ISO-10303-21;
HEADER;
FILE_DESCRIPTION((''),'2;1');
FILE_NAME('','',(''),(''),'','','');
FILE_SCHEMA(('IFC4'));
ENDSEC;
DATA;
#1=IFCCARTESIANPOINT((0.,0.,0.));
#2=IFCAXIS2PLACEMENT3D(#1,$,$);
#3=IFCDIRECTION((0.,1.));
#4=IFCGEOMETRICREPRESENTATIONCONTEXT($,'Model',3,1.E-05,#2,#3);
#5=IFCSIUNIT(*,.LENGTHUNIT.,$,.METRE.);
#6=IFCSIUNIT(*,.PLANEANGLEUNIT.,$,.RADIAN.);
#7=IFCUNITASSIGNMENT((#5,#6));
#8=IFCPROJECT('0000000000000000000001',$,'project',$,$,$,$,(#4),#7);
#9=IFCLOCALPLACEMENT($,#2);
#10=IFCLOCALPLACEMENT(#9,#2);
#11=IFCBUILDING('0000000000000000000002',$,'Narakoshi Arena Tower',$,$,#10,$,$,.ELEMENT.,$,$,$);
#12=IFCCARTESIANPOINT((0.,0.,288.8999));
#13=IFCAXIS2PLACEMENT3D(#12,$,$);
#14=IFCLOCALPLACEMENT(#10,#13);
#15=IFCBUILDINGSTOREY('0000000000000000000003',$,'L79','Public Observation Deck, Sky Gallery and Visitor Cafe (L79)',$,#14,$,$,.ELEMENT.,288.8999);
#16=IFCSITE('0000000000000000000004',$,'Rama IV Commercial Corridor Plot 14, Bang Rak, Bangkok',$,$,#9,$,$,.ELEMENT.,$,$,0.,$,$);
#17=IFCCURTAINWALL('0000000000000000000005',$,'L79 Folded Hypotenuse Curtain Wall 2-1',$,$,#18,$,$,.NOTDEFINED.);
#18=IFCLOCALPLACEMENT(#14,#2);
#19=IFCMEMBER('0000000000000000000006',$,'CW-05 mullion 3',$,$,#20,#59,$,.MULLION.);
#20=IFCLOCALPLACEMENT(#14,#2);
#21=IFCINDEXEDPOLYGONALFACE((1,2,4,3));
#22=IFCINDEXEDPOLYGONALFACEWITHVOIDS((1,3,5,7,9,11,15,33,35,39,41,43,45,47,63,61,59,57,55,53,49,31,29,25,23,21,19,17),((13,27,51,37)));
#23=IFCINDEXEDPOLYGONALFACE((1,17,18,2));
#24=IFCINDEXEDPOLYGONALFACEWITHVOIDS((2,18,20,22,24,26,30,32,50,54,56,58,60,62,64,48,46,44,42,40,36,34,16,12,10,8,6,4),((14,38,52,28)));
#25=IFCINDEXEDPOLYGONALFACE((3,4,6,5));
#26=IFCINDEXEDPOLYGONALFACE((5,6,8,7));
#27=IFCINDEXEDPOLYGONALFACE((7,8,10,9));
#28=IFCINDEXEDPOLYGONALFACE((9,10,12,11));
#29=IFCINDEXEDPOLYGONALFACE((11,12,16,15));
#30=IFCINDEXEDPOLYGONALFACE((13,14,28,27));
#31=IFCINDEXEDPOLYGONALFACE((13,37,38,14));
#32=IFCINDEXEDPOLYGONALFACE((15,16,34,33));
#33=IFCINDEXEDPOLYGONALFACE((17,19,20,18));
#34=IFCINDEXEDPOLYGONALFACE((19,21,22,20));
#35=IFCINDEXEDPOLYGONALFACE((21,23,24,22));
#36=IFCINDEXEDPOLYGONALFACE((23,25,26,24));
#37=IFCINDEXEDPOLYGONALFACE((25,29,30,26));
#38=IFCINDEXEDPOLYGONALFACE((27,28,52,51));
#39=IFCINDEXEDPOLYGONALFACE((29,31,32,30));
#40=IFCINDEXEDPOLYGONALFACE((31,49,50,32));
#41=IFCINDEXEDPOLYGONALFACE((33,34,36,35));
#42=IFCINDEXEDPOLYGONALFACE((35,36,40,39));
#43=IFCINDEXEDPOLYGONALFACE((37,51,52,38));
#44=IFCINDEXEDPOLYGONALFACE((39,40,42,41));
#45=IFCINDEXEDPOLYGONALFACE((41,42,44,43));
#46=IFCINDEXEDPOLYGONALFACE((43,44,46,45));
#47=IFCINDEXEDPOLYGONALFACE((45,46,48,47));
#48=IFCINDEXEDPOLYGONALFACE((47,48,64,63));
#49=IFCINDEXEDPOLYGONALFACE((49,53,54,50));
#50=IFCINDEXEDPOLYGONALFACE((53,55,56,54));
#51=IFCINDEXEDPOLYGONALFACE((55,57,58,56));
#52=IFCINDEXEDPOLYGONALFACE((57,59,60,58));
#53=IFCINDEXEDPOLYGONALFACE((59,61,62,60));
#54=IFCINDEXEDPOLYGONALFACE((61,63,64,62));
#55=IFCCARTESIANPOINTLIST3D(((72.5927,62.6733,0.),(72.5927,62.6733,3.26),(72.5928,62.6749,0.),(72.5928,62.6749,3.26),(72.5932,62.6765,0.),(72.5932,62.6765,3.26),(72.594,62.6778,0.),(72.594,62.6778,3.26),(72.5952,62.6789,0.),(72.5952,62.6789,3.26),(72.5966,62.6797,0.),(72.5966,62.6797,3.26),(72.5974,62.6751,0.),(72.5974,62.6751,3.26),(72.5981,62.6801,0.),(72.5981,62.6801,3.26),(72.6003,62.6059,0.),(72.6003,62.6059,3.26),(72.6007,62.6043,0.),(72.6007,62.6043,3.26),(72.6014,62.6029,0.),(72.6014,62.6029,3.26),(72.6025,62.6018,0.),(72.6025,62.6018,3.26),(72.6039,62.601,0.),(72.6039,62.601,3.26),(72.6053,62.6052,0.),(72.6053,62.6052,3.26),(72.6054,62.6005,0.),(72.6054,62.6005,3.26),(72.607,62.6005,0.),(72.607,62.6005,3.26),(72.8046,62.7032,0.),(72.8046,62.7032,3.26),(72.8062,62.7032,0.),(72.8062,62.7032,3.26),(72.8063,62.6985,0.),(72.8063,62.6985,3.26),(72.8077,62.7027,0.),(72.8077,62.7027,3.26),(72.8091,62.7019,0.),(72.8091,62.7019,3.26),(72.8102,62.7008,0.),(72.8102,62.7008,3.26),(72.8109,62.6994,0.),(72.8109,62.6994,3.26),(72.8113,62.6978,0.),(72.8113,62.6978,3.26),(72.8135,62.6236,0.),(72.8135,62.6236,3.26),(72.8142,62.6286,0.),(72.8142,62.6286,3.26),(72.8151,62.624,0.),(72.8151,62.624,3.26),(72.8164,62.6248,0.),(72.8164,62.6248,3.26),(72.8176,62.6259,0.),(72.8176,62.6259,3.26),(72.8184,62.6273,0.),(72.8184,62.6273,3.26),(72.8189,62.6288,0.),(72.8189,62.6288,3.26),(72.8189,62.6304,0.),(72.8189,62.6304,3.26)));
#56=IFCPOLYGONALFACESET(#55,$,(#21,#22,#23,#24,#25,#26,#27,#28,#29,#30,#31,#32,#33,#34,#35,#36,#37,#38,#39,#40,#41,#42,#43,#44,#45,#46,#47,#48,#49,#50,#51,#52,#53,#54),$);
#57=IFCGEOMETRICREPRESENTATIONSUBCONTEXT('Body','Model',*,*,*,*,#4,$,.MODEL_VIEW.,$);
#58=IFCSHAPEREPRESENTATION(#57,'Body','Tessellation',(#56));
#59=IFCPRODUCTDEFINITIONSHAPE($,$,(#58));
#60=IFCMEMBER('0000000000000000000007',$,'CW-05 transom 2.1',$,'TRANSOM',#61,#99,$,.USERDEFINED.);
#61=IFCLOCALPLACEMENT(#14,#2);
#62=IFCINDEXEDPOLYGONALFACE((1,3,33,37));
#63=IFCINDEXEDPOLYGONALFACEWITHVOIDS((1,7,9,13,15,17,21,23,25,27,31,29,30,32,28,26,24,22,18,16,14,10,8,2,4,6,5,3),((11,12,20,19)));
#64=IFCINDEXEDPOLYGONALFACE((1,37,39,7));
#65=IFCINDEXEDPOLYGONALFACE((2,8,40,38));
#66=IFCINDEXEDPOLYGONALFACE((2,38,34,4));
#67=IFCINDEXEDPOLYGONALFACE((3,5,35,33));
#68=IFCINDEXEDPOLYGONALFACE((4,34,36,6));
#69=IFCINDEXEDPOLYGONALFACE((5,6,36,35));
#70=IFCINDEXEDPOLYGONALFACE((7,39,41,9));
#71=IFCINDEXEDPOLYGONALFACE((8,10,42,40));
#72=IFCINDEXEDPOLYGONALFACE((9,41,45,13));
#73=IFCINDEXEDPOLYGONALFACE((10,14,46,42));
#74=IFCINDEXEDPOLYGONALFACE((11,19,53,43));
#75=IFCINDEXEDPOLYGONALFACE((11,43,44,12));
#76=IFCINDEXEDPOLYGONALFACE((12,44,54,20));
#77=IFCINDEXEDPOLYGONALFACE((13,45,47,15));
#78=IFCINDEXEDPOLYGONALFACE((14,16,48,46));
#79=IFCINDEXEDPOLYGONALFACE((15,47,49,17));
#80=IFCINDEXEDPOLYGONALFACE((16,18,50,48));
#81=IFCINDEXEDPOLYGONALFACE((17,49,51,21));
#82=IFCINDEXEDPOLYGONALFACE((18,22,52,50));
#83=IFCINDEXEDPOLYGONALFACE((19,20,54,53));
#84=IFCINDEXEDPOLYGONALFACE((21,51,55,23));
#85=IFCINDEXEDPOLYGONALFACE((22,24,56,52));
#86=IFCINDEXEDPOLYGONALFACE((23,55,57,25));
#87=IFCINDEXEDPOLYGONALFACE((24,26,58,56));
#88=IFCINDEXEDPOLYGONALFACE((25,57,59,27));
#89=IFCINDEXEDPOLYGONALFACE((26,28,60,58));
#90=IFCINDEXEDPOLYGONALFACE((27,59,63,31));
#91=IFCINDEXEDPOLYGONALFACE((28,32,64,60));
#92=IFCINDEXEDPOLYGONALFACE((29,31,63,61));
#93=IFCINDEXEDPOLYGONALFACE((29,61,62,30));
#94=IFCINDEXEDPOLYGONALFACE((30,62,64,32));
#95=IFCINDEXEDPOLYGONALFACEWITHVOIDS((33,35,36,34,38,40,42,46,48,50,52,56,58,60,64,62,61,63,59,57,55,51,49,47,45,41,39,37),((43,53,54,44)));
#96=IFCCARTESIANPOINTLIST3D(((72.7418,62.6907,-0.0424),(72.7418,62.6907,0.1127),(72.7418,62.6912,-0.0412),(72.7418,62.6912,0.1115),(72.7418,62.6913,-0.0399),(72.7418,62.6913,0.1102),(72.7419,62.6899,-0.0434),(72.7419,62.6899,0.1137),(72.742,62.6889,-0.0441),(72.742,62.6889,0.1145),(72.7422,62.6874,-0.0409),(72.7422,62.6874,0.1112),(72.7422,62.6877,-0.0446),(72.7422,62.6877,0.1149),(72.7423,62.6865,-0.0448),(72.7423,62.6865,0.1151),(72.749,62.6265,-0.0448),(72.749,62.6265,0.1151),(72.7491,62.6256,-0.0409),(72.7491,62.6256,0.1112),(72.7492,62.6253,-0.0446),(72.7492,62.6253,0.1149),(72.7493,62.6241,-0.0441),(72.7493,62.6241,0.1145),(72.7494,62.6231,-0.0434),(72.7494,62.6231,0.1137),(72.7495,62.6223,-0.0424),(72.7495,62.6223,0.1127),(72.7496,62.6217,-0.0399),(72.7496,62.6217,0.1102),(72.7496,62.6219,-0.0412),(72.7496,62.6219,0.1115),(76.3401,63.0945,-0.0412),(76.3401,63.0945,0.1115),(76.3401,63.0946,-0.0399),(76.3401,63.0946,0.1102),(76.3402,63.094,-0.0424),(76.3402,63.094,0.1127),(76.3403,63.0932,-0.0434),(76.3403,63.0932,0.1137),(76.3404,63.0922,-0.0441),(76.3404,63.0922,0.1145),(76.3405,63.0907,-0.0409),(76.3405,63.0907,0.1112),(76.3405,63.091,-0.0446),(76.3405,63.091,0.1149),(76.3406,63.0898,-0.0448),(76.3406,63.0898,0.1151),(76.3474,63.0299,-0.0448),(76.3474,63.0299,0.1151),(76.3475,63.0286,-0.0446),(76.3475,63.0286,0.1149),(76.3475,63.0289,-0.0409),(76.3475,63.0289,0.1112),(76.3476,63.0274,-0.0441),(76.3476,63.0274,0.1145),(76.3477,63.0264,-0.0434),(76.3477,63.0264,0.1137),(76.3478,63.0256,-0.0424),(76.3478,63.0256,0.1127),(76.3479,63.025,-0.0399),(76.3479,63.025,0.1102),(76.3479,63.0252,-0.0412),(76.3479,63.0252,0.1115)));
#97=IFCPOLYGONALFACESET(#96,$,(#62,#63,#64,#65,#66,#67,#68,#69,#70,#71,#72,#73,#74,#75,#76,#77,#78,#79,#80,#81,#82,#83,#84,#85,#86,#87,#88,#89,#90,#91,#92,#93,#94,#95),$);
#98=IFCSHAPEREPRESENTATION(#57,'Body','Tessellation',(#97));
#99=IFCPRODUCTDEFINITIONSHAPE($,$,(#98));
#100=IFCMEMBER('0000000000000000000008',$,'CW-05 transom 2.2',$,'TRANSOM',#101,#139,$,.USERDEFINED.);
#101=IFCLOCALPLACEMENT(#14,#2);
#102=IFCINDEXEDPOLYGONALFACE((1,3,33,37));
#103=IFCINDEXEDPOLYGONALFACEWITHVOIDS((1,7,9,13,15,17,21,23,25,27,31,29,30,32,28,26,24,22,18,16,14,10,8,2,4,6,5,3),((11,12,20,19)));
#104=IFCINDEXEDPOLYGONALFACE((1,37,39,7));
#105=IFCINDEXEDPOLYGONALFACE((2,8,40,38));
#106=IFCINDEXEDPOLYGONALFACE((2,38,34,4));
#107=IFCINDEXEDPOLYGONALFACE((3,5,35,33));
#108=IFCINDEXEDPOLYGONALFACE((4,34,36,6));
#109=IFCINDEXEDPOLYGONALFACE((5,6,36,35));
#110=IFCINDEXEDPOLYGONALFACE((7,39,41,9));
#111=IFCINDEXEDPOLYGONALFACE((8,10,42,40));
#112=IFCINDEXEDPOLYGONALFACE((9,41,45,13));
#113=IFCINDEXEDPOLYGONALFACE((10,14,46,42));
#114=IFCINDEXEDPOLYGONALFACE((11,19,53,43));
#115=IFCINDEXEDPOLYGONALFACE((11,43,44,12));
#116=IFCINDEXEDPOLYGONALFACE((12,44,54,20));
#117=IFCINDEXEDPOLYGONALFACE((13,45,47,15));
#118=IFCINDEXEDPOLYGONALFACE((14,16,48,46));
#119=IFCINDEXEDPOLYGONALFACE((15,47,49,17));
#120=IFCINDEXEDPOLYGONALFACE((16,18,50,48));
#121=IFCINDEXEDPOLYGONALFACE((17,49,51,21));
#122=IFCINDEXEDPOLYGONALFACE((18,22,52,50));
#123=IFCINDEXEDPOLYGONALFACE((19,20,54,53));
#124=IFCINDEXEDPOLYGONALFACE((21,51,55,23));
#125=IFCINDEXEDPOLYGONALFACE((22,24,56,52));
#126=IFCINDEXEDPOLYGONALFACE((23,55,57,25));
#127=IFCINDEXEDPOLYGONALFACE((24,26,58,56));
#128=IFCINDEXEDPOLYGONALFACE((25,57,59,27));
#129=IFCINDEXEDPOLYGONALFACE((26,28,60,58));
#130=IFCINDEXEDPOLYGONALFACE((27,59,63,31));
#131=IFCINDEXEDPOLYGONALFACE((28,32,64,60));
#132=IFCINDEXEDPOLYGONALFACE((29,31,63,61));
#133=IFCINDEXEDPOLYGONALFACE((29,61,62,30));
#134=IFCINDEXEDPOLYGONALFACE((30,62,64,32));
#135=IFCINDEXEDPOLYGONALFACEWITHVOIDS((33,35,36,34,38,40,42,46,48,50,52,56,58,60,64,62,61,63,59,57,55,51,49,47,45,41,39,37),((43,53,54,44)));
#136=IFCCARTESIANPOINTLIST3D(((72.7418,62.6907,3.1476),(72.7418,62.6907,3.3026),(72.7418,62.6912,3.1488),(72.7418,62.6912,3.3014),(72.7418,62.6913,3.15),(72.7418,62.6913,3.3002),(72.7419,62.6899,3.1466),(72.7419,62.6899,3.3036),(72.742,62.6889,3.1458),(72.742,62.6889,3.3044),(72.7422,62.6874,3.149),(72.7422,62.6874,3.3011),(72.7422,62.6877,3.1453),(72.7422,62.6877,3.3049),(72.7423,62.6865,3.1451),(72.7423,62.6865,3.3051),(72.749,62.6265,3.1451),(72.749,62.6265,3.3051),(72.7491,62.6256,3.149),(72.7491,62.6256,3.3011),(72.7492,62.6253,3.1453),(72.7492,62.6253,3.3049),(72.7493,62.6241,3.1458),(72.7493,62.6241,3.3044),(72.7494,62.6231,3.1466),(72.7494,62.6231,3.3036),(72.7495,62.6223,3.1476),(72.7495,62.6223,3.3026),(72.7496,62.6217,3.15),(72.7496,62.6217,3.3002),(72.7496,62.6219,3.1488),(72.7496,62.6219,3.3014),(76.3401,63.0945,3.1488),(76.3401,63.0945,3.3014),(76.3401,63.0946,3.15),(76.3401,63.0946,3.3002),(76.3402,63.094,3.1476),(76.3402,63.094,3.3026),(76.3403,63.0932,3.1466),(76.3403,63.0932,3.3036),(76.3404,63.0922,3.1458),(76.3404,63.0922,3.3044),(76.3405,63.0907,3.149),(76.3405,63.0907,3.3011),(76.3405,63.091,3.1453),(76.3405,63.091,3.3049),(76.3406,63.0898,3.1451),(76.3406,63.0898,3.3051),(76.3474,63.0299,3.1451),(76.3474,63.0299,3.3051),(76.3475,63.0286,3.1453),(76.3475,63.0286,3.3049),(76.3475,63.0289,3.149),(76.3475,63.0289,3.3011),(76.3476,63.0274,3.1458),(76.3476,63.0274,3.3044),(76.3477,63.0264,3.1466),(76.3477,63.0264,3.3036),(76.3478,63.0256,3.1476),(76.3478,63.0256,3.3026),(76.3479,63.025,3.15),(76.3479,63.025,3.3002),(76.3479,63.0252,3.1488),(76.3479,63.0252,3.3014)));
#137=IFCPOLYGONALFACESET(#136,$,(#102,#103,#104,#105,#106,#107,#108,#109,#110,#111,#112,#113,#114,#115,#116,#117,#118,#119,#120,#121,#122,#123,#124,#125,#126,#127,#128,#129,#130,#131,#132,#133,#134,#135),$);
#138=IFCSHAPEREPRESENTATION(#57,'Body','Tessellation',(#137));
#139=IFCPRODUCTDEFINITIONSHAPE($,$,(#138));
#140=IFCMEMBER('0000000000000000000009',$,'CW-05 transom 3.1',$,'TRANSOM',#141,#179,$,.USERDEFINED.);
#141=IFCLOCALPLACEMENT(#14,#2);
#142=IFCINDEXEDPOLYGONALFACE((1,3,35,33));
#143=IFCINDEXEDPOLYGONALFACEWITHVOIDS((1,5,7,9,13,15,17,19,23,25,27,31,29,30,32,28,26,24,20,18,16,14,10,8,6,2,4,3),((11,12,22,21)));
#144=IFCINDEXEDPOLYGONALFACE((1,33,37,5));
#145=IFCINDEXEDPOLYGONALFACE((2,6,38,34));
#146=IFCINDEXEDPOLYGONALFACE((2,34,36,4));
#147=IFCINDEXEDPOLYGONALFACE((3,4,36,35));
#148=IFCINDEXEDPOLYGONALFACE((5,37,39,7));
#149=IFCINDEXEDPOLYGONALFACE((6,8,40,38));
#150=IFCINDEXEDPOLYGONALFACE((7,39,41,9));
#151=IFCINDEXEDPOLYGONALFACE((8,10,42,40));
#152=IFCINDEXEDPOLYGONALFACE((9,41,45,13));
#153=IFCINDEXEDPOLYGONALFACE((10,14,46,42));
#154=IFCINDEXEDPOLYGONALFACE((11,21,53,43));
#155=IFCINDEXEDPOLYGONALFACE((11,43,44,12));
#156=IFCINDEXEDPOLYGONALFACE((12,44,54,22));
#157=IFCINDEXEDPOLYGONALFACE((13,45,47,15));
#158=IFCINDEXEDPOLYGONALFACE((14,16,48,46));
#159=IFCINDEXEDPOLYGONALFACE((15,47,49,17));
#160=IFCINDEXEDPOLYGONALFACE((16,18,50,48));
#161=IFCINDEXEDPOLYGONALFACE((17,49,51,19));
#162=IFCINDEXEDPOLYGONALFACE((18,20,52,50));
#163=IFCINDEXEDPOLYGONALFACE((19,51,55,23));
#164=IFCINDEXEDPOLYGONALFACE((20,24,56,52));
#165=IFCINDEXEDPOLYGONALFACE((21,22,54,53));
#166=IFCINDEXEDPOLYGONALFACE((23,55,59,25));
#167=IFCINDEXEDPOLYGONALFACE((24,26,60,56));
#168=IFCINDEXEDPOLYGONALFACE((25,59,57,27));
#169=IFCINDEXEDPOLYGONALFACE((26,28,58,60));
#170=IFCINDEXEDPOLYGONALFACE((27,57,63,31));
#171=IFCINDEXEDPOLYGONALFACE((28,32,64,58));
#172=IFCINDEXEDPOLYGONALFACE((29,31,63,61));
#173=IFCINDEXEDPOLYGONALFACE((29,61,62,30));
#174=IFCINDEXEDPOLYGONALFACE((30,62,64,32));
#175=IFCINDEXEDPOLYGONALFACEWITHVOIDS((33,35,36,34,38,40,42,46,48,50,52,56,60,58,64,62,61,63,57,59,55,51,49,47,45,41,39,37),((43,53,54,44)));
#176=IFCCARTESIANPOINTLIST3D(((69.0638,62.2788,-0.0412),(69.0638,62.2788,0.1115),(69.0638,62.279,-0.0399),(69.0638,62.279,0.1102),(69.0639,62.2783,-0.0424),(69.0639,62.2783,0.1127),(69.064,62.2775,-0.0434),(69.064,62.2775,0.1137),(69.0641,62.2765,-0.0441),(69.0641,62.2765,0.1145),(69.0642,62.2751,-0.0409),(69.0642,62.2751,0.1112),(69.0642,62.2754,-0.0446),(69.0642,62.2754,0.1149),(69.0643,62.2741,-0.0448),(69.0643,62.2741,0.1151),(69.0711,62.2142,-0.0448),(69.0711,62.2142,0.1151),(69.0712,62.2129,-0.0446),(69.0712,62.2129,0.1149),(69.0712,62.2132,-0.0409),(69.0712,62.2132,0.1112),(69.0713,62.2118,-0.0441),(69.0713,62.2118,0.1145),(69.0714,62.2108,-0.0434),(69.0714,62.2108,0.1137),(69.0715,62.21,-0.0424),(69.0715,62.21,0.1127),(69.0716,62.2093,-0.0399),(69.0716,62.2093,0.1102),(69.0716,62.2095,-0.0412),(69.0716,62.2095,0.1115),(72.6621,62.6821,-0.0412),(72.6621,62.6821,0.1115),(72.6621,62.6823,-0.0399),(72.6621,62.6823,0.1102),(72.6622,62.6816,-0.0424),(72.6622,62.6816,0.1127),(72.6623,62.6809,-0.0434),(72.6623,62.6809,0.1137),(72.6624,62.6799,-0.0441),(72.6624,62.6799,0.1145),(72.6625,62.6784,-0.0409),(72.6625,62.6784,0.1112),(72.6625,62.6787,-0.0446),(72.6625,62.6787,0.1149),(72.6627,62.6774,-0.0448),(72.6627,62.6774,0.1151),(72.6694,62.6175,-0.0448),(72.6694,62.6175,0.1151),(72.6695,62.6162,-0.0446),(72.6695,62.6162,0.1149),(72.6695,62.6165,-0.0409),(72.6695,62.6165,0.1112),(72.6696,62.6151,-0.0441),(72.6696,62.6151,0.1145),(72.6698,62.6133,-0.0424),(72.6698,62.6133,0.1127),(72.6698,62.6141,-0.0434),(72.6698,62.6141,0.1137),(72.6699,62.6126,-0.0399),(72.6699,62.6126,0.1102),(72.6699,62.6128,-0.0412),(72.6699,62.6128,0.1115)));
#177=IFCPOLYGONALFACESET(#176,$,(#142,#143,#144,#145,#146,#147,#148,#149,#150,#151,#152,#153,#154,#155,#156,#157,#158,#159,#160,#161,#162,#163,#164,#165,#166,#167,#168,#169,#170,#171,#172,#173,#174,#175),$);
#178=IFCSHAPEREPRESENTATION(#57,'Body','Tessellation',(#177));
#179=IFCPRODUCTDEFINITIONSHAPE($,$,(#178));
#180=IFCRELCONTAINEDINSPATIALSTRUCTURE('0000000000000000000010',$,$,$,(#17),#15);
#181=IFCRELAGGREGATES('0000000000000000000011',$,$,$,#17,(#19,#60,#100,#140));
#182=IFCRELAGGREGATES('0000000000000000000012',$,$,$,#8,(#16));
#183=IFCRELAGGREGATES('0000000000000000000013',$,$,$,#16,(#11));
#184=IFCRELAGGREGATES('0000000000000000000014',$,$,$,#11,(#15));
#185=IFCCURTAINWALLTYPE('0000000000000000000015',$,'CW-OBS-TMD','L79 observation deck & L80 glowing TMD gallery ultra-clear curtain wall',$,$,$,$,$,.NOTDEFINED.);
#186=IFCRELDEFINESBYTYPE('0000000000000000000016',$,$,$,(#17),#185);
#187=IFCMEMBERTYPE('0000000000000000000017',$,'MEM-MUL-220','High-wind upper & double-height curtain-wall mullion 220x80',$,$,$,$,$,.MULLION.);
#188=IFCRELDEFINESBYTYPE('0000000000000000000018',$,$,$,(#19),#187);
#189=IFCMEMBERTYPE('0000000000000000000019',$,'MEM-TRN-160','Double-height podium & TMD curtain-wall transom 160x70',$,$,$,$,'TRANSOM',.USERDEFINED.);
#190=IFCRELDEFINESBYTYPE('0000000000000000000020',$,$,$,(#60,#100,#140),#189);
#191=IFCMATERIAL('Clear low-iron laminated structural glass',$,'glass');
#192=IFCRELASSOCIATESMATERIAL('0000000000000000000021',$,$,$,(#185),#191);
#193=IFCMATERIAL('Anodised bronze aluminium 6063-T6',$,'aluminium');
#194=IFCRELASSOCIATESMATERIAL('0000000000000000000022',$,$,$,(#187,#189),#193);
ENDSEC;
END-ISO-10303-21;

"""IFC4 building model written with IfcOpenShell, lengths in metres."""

from ifc_helpers import new_model, si_unit, direction, frame, origin, origin_2d, place, context, subcontext, project, spatial, hollow_rectangle, extrude, material, material_profile, profile_set, type_object, element, aggregate, save


model = new_model("IFC4")

# Units and contexts
model_context = context("Model", 3, precision=1e-05, world=origin(), true_north=direction((0.0, 1.0)))
body_context = subcontext(model_context, "Body", "Model", "MODEL_VIEW")
ifc_project = project(units=[si_unit("LENGTHUNIT", "METRE"), si_unit("PLANEANGLEUNIT", "RADIAN")], contexts=[model_context])

# Site, building, storey
site_placement = place(None, origin())
site = spatial("IfcSite", under=ifc_project, at=site_placement, Name="Rama IV Commercial Corridor Plot 14, Bang Rak, Bangkok", CompositionType="ELEMENT", RefElevation=0.0)
building_placement = place(site_placement, origin())
building = spatial("IfcBuilding", under=site, at=building_placement, Name="Narakoshi Arena Tower", CompositionType="ELEMENT")
storey_placement = place(building_placement, frame((0.0, 0.0, 288.8999)))
storey = spatial("IfcBuildingStorey", under=building, at=storey_placement, Name="L79", Description="Public Observation Deck, Sky Gallery and Visitor Cafe (L79)", CompositionType="ELEMENT", Elevation=288.8999)

# Curtain wall, members
ifc_material_1 = material(Name="Clear low-iron laminated structural glass", Category="glass")
curtain_wall_type = type_object("IfcCurtainWallType", Name="CW-OBS-TMD", Description="L79 observation deck & L80 glowing TMD gallery ultra-clear curtain wall", PredefinedType="NOTDEFINED", material=ifc_material_1)
curtain_wall_placement = place(storey_placement, origin())
curtain_wall = element("IfcCurtainWall", 1, at=curtain_wall_placement, inside=storey, type_object=curtain_wall_type, Name="L79 Folded Hypotenuse Curtain Wall 2-1", PredefinedType="NOTDEFINED")
ifc_material_2 = material(Name="Anodised bronze aluminium 6063-T6", Category="aluminium")
ifc_material_profile_1 = material_profile(ifc_material_2, hollow_rectangle(XDim=0.0801, YDim=0.22, WallThickness=0.0049, OuterFilletRadius=0.0061, at=origin_2d()), Name="MUL220x80x5")
ifc_profile_set_1 = profile_set([ifc_material_profile_1], Name="Anodised bronze aluminium 6063-T6")
member_type_1 = type_object("IfcMemberType", Name="MEM-MUL-220", Description="High-wind upper & double-height curtain-wall mullion 220x80", PredefinedType="MULLION", material=ifc_profile_set_1)
member_1_placement = place(storey_placement, frame((72.7058, 62.6519, 0.0), z_axis=(0.0, 0.0, 1.0), x_axis=(0.111397, -0.993776, 0.0)))
member_1 = element("IfcMember", 2, at=member_1_placement, type_object=member_type_1, Name="CW-05 mullion 3", PredefinedType="MULLION", context=body_context, shape_type="SweptSolid", body=[
    extrude(hollow_rectangle(XDim=0.0801, YDim=0.22, WallThickness=0.0049, OuterFilletRadius=0.0061, at=origin_2d()), origin(), (0.0, 0.0, 1.0), 3.26),
])
ifc_material_profile_2 = material_profile(ifc_material_2, hollow_rectangle(XDim=0.0701, YDim=0.1599, WallThickness=0.0039, OuterFilletRadius=0.0049, at=origin_2d()), Name="TRN160x70x4")
ifc_profile_set_2 = profile_set([ifc_material_profile_2], Name="Anodised bronze aluminium 6063-T6")
member_type_2 = type_object("IfcMemberType", Name="MEM-TRN-160", Description="Double-height podium & TMD curtain-wall transom 160x70", ElementType="TRANSOM", PredefinedType="USERDEFINED", material=ifc_profile_set_2)
member_2_placement = place(storey_placement, frame((76.344, 63.0598, 0.0352), z_axis=(-0.993777, -0.111386, 0.0), x_axis=(0.111386, -0.993777, 0.0)))
member_2 = element("IfcMember", 3, at=member_2_placement, type_object=member_type_2, Name="CW-05 transom 2.1", ObjectType="TRANSOM", PredefinedType="USERDEFINED", context=body_context, shape_type="SweptSolid", body=[
    extrude(hollow_rectangle(XDim=0.0701, YDim=0.1599, WallThickness=0.0039, OuterFilletRadius=0.0049, at=origin_2d()), origin(), (0.0, 0.0, 1.0), 3.6208),
])
member_3_placement = place(storey_placement, frame((76.344, 63.0598, 3.2251), z_axis=(-0.993777, -0.111386, 0.0), x_axis=(0.111386, -0.993777, 0.0)))
member_3 = element("IfcMember", 4, at=member_3_placement, type_object=member_type_2, Name="CW-05 transom 2.2", ObjectType="TRANSOM", PredefinedType="USERDEFINED", context=body_context, shape_type="SweptSolid", body=[
    extrude(hollow_rectangle(XDim=0.0701, YDim=0.1599, WallThickness=0.0039, OuterFilletRadius=0.0049, at=origin_2d()), origin(), (0.0, 0.0, 1.0), 3.6208),
])
member_4_placement = place(storey_placement, frame((72.666, 62.6475, 0.0352), z_axis=(-0.993777, -0.111386, 0.0), x_axis=(0.111386, -0.993777, 0.0)))
member_4 = element("IfcMember", 5, at=member_4_placement, type_object=member_type_2, Name="CW-05 transom 3.1", ObjectType="TRANSOM", PredefinedType="USERDEFINED", context=body_context, shape_type="SweptSolid", body=[
    extrude(hollow_rectangle(XDim=0.0701, YDim=0.1599, WallThickness=0.0039, OuterFilletRadius=0.0049, at=origin_2d()), origin(), (0.0, 0.0, 1.0), 3.6208),
])
aggregate(curtain_wall, [member_1, member_2, member_3, member_4])

save(model, "model.ifc")
